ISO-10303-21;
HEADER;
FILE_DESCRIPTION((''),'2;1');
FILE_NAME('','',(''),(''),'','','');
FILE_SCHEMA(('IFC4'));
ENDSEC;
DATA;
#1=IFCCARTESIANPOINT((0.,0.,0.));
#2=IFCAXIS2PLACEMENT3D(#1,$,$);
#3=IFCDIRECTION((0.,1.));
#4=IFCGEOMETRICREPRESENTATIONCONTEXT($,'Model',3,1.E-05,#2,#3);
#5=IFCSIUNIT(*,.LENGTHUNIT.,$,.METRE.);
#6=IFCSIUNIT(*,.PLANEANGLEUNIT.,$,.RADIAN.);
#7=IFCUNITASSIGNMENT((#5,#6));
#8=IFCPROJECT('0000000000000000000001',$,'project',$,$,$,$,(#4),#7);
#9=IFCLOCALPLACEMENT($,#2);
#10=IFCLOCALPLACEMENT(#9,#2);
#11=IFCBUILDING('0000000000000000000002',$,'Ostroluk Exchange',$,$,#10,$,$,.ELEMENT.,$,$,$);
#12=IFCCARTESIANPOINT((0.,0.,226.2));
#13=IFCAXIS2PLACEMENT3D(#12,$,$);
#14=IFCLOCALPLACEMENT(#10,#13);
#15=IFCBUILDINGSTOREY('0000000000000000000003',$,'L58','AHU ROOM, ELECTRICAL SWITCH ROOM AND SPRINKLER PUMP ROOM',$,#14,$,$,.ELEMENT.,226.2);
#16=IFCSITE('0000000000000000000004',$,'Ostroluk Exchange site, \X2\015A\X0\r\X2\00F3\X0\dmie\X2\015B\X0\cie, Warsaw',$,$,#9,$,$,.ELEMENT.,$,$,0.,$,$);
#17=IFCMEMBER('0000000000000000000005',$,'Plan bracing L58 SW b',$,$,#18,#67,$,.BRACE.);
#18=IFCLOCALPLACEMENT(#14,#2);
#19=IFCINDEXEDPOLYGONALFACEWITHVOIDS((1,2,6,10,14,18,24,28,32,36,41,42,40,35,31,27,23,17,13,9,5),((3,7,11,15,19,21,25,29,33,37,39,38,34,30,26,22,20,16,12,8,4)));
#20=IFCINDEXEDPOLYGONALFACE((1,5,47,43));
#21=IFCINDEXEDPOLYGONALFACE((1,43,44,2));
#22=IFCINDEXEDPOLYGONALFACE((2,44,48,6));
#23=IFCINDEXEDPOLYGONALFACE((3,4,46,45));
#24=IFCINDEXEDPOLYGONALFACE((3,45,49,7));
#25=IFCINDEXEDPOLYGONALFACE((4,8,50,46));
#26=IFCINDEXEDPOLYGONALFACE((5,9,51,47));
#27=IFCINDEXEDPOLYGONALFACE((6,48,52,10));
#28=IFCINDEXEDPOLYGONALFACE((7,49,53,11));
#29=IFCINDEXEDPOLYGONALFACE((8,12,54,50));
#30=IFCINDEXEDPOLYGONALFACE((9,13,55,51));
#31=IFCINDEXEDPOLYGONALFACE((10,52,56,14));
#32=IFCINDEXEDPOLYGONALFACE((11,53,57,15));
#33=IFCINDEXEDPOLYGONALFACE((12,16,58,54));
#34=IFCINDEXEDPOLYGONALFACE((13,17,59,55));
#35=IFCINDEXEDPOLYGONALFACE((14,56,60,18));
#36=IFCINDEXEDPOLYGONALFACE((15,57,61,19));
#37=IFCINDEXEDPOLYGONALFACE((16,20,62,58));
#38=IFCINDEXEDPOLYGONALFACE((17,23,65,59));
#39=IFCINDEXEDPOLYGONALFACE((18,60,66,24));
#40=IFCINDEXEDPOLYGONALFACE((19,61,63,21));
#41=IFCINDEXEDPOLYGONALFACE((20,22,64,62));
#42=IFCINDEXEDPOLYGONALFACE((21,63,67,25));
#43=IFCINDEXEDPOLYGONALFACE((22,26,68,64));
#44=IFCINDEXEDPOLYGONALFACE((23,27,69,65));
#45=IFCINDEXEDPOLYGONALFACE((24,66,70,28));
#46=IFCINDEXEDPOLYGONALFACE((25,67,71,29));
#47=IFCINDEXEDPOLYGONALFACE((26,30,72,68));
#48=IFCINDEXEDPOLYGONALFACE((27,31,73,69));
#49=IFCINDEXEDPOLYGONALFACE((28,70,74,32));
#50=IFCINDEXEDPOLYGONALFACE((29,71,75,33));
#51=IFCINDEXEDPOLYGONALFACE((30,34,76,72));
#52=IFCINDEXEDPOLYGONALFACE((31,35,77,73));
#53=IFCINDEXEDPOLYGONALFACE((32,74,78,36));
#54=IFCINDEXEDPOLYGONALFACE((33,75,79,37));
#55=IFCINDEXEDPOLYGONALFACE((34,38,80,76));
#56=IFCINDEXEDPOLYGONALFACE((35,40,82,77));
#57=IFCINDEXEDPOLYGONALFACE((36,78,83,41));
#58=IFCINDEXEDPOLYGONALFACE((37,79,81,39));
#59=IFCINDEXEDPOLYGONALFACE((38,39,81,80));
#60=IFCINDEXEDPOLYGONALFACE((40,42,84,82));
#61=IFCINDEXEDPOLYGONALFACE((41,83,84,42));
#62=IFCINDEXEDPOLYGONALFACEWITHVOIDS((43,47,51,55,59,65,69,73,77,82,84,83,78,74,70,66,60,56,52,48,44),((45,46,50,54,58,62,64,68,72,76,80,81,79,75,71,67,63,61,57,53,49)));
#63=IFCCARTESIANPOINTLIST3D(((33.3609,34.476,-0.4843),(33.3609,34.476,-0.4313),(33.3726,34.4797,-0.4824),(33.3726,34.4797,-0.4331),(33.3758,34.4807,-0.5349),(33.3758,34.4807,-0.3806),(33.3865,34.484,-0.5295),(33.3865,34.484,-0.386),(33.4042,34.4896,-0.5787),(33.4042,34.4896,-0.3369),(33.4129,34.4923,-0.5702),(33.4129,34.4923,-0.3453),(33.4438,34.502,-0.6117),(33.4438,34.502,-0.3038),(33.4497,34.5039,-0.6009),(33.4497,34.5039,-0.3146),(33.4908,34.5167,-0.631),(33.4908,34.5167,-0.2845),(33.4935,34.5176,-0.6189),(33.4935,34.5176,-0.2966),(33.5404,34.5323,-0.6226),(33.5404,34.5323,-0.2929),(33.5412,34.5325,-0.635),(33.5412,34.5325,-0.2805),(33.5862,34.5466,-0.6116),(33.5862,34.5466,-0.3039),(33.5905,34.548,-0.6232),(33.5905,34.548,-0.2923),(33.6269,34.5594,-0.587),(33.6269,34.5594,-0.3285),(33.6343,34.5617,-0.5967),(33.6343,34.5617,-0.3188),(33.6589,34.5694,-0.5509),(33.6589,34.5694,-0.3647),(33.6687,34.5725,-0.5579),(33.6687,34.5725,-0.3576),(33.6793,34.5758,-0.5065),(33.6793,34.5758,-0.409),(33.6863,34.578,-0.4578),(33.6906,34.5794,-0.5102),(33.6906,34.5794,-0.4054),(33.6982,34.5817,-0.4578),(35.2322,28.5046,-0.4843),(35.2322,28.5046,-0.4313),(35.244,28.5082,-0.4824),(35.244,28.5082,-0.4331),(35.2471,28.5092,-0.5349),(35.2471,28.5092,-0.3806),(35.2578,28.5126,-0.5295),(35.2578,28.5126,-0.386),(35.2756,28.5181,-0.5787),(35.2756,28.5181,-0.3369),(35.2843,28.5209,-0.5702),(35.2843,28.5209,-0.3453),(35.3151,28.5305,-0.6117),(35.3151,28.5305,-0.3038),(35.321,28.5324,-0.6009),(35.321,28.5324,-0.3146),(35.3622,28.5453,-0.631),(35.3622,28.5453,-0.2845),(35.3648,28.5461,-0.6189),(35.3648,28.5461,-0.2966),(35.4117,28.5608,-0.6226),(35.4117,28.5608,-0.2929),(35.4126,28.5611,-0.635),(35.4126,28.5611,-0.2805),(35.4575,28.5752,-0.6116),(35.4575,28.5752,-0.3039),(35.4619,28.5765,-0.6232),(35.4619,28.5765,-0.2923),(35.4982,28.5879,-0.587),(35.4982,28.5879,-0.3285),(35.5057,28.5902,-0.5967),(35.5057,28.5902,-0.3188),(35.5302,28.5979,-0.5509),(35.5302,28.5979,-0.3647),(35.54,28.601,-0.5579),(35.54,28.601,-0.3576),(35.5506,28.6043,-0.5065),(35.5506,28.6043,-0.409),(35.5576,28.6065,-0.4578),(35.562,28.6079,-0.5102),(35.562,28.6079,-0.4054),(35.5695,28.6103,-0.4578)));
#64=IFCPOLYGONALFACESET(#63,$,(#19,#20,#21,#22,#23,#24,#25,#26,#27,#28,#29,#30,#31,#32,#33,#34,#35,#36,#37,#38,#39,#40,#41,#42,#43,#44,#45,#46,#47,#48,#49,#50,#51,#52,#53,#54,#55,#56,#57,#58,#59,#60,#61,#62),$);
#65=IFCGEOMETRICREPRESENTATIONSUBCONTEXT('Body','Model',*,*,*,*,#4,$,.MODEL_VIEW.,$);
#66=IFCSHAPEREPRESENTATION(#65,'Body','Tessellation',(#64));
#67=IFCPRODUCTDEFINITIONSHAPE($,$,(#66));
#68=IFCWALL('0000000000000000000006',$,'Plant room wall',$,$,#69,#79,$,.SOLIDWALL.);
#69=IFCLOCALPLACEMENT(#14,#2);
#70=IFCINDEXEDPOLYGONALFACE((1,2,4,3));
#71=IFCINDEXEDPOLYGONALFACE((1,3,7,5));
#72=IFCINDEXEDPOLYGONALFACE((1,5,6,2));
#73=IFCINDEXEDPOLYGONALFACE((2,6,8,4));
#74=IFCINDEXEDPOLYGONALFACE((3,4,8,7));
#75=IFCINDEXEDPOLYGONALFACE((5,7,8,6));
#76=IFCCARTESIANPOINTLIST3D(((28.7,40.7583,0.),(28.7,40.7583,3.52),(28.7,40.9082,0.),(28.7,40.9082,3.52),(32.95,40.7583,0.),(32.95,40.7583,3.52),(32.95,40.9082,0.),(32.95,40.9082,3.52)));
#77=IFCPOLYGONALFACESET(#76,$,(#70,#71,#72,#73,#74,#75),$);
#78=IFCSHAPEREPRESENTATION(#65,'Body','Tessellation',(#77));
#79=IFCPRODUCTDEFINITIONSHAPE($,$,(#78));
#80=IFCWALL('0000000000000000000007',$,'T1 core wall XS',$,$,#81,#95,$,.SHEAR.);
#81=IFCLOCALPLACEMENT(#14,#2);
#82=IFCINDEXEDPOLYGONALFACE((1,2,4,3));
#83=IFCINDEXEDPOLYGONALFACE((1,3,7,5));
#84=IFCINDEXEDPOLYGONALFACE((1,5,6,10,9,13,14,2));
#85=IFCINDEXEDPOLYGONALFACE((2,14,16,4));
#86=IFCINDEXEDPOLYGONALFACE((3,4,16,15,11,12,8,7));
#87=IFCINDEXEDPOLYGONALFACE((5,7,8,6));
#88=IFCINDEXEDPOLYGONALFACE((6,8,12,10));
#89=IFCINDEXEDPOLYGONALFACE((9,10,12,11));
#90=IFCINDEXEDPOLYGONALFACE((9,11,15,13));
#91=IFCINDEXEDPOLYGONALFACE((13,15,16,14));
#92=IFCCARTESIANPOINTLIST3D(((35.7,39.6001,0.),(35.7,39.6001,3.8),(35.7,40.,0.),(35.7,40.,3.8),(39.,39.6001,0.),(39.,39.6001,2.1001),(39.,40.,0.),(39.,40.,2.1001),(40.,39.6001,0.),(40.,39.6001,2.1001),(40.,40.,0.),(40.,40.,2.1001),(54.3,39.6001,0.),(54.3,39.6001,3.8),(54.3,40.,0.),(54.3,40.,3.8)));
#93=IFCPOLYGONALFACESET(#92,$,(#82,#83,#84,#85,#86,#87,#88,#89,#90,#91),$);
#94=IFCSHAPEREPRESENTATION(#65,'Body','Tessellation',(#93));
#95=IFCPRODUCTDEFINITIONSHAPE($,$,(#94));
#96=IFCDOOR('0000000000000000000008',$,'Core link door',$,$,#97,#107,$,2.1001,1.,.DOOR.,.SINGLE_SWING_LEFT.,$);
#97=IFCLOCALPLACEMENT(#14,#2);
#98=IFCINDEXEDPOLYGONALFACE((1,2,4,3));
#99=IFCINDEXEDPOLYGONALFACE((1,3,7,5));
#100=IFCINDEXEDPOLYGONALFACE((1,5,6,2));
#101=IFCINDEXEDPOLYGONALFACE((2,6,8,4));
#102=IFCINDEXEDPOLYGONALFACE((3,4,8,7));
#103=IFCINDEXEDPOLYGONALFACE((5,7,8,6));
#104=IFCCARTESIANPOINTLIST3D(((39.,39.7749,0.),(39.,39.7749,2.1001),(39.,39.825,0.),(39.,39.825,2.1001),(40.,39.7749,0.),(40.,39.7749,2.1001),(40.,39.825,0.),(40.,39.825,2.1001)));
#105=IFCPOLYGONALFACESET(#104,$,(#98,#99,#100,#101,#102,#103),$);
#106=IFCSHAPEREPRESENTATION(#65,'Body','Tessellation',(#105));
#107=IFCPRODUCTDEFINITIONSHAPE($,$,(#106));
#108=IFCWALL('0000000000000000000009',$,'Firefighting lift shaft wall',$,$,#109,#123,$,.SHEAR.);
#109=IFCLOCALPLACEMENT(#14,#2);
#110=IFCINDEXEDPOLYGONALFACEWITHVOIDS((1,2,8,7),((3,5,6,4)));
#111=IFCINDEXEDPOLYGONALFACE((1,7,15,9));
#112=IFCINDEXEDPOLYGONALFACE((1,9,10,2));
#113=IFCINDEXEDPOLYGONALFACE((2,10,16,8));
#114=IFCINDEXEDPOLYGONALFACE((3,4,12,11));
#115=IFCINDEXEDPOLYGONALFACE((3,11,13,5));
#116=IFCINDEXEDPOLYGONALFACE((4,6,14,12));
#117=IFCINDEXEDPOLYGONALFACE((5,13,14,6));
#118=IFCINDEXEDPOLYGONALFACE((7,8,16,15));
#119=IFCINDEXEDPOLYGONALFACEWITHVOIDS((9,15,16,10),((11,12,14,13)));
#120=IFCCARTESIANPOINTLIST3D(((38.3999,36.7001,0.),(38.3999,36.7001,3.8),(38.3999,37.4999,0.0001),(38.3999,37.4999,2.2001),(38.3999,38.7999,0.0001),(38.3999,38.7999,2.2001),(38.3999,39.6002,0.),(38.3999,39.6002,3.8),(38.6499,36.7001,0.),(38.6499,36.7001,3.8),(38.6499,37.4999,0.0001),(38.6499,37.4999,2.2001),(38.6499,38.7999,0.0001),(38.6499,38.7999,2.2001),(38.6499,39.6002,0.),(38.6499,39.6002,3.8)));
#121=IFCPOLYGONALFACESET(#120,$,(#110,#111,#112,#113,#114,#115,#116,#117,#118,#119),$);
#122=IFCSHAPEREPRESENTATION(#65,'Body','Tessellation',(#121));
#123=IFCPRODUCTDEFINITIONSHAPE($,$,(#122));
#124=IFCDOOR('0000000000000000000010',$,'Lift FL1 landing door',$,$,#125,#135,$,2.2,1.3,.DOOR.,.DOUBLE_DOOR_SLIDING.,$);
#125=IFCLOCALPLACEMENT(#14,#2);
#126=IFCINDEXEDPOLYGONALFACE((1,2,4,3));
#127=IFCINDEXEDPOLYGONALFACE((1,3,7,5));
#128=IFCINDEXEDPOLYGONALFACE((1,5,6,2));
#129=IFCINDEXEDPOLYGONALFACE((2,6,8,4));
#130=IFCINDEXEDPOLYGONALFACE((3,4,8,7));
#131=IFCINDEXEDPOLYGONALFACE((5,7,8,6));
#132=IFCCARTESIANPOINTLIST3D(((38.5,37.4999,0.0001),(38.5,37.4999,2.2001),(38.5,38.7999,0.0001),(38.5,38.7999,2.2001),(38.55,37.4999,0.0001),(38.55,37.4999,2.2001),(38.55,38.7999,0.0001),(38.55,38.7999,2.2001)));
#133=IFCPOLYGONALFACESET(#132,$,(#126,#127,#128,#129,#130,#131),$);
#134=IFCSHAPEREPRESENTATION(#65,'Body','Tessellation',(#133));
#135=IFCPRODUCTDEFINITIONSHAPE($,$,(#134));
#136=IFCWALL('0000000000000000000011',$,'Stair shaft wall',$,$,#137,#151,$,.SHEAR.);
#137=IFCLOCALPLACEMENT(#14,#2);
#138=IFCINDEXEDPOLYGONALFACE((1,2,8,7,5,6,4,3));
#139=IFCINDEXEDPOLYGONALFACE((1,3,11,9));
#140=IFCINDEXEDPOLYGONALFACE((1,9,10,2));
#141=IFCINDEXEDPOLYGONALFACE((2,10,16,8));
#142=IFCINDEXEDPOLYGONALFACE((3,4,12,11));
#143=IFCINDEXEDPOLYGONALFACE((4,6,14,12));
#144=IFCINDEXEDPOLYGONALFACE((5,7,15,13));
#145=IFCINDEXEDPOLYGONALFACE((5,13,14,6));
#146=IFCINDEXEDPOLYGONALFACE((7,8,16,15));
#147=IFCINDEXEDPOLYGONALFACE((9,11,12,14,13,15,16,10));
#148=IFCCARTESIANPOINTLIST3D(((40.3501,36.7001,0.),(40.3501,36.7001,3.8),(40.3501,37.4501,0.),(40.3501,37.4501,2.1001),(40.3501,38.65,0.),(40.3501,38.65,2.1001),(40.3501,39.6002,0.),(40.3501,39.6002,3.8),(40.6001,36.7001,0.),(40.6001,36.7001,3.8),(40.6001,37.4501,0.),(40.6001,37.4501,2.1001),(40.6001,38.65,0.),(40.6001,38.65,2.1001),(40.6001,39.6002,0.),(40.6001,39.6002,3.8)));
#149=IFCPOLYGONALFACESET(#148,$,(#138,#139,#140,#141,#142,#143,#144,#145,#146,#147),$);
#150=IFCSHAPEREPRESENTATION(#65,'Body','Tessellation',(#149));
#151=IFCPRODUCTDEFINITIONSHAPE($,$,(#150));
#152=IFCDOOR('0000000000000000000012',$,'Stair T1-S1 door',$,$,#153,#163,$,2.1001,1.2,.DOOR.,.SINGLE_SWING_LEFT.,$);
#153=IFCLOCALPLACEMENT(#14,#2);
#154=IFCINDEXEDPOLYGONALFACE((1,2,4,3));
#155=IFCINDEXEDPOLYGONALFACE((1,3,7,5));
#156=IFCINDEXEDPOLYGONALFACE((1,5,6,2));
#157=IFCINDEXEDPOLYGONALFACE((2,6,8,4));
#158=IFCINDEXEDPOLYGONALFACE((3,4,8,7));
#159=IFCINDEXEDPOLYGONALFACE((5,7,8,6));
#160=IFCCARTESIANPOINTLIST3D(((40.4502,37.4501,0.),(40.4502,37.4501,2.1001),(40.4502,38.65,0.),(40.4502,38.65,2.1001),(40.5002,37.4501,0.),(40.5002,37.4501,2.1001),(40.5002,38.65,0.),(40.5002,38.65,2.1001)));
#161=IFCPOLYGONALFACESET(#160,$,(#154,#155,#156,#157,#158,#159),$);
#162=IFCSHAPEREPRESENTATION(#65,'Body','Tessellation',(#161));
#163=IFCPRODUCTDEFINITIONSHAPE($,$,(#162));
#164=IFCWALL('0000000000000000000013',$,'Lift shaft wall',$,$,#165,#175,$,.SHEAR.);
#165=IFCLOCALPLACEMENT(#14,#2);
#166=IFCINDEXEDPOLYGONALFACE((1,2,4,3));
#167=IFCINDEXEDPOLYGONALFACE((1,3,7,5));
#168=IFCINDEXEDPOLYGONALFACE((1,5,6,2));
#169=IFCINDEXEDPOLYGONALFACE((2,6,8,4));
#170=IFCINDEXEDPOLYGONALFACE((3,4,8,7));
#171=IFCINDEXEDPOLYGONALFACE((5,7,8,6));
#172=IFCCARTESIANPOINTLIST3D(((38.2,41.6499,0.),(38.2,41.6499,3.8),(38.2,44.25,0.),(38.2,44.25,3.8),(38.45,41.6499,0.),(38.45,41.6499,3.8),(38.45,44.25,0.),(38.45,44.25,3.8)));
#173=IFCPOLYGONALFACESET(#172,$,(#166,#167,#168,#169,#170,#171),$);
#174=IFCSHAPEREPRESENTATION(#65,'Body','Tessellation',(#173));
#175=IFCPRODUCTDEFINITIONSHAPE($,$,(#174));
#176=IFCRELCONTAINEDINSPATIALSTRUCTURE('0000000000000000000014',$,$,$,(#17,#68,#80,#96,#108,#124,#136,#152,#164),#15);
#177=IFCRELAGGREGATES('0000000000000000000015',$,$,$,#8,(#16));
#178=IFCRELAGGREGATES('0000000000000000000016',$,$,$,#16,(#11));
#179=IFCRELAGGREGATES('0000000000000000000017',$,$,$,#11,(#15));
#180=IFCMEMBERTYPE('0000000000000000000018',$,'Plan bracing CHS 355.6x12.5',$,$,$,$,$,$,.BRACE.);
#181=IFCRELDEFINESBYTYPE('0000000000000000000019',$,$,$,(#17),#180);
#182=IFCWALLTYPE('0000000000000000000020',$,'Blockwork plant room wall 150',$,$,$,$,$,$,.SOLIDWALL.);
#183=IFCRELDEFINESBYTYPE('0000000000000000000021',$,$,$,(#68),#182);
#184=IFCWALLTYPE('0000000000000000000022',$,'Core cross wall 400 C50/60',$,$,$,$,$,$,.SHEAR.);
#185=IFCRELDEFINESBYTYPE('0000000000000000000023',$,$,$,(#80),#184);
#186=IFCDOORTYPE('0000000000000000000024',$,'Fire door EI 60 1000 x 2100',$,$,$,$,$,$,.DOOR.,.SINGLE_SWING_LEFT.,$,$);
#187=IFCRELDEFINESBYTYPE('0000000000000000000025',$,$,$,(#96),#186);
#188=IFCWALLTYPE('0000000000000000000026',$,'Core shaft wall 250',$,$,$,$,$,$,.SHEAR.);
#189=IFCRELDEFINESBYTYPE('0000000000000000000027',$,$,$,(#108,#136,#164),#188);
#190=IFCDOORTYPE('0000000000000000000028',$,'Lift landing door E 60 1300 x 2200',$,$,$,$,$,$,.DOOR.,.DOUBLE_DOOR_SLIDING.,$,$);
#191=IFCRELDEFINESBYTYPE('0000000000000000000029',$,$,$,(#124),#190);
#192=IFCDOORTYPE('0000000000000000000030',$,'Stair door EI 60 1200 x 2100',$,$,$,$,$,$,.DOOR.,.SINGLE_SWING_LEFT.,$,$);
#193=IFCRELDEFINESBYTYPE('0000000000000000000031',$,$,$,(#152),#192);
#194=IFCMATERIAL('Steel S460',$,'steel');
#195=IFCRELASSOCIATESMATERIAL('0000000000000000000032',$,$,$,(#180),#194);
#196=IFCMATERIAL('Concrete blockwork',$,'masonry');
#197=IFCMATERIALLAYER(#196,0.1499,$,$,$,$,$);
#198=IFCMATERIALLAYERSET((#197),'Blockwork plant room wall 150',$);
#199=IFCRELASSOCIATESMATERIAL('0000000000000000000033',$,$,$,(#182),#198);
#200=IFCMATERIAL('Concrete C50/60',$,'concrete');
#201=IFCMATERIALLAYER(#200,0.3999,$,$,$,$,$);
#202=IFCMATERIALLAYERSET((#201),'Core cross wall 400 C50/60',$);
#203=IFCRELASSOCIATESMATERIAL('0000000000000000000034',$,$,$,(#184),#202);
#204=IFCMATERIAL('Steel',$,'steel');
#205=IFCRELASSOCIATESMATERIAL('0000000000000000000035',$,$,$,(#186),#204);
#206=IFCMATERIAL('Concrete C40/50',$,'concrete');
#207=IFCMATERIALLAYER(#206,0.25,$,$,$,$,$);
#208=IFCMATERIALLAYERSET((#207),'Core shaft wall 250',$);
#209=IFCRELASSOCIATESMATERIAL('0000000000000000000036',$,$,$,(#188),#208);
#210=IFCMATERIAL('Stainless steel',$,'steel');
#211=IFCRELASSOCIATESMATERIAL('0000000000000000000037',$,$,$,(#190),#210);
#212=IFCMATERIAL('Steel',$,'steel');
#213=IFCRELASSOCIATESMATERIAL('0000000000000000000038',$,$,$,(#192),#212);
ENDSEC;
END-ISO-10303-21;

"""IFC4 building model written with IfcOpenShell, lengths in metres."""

from ifc_helpers import new_model, si_unit, direction, frame, frame_2d, origin, origin_2d, place, context, subcontext, project, spatial, rectangle, hollow_circle, extrude, material, layer, layer_set, material_profile, profile_set, type_object, element, fill, save


model = new_model("IFC4")

# Units and contexts
model_context = context("Model", 3, precision=1e-05, world=origin(), true_north=direction((0.0, 1.0)))
body_context = subcontext(model_context, "Body", "Model", "MODEL_VIEW")
ifc_project = project(units=[si_unit("LENGTHUNIT", "METRE"), si_unit("PLANEANGLEUNIT", "RADIAN")], contexts=[model_context])

# Site, building, storey
site_placement = place(None, origin())
site = spatial("IfcSite", under=ifc_project, at=site_placement, Name="Ostroluk Exchange site, Śródmieście, Warsaw", CompositionType="ELEMENT", RefElevation=0.0)
building_placement = place(site_placement, origin())
building = spatial("IfcBuilding", under=site, at=building_placement, Name="Ostroluk Exchange", CompositionType="ELEMENT")
storey_placement = place(building_placement, frame((0.0, 0.0, 226.2)))
storey = spatial("IfcBuildingStorey", under=building, at=storey_placement, Name="L58", Description="AHU ROOM, ELECTRICAL SWITCH ROOM AND SPRINKLER PUMP ROOM", CompositionType="ELEMENT", Elevation=226.2)

# Member
ifc_material_1 = material(Name="Steel S460", Category="steel")
ifc_material_profile_1 = material_profile(ifc_material_1, hollow_circle(Radius=0.1777, WallThickness=0.0125, at=origin_2d()), Name="CHS 355.6x12.5")
ifc_profile_set_1 = profile_set([ifc_material_profile_1], Name="Steel S460")
member_type_1 = type_object("IfcMemberType", Name="Plan bracing CHS 355.6x12.5", PredefinedType="BRACE", material=ifc_profile_set_1)
for number, where, z_axis, x_axis, name in (
    (1, (33.5286, 34.5286, -0.4578), (0.299041, -0.95424, 0.0), (0.95424, 0.299041, 0.0), "Plan bracing L58 SW b"),
):
    element("IfcMember", number, at=place(storey_placement, frame(where, z_axis=z_axis, x_axis=x_axis)), inside=storey, type_object=member_type_1, Name=name, PredefinedType="BRACE", context=body_context, shape_type="SweptSolid", body=[
        extrude(hollow_circle(Radius=0.1777, WallThickness=0.0125, at=origin_2d()), origin(), (0.0, 0.0, 1.0), 6.2578),
    ])

# Wall
ifc_material_2 = material(Name="Concrete blockwork", Category="masonry")
ifc_layer_1 = layer(ifc_material_2, 0.1499)
ifc_layer_set_1 = layer_set([ifc_layer_1], Name="Blockwork plant room wall 150")
wall_type_1 = type_object("IfcWallType", Name="Blockwork plant room wall 150", PredefinedType="SOLIDWALL", material=ifc_layer_set_1)
wall_1_placement = place(storey_placement, frame((32.95, 40.8333, 0.0), z_axis=(0.0, 0.0, 1.0), x_axis=(-1.0, 0.0, 0.0)))
element("IfcWall", 2, at=wall_1_placement, inside=storey, type_object=wall_type_1, Name="Plant room wall", PredefinedType="SOLIDWALL", context=body_context, shape_type="SweptSolid", body=[
    extrude(rectangle(XDim=4.25, YDim=0.1499, at=frame_2d((2.125, 0.0))), origin(), (0.0, 0.0, 1.0), 3.52),
])

# Walls, openings, doors
ifc_material_3 = material(Name="Concrete C50/60", Category="concrete")
ifc_layer_2 = layer(ifc_material_3, 0.3999)
ifc_layer_set_2 = layer_set([ifc_layer_2], Name="Core cross wall 400 C50/60")
wall_type_2 = type_object("IfcWallType", Name="Core cross wall 400 C50/60", PredefinedType="SHEAR", material=ifc_layer_set_2)
wall_2_placement = place(storey_placement, frame((35.7, 39.8, 0.0), z_axis=(0.0, 0.0, 1.0), x_axis=(1.0, 0.0, 0.0)))
wall_2 = element("IfcWall", 3, at=wall_2_placement, inside=storey, type_object=wall_type_2, Name="T1 core wall XS", PredefinedType="SHEAR", context=body_context, shape_type="SweptSolid", body=[
    extrude(rectangle(XDim=18.6001, YDim=0.3999, at=frame_2d((9.3, 0.0))), origin(), (0.0, 0.0, 1.0), 3.8),
])
opening_1_placement = place(wall_2_placement, frame((3.3, 0.0, 0.0)))
opening_1 = element("IfcOpeningElement", 4, at=opening_1_placement, cuts=wall_2, PredefinedType="OPENING", context=body_context, shape_type="SweptSolid", body=[
    extrude(rectangle(XDim=1.0, YDim=2.1001, at=frame_2d((0.5, 1.05))), frame((0.0, 0.21, 0.0), z_axis=(0.0, -1.0, 0.0), x_axis=(1.0, 0.0, 0.0)), (0.0, 0.0, 1.0), 0.4199),
])
ifc_material_4 = material(Name="Steel", Category="steel")
door_type_1 = type_object("IfcDoorType", Name="Fire door EI 60 1000 x 2100", OperationType="SINGLE_SWING_LEFT", PredefinedType="DOOR", material=ifc_material_4)
door_1_placement = place(opening_1_placement, origin())
door_1 = element("IfcDoor", 5, at=door_1_placement, inside=storey, type_object=door_type_1, Name="Core link door", OperationType="SINGLE_SWING_LEFT", OverallHeight=2.1001, OverallWidth=1.0, PredefinedType="DOOR", context=body_context, shape_type="SweptSolid", body=[
    extrude(rectangle(XDim=1.0, YDim=2.1001, at=frame_2d((0.5, 1.05))), frame((0.0, 0.0249, 0.0), z_axis=(0.0, -1.0, 0.0), x_axis=(1.0, 0.0, 0.0)), (0.0, 0.0, 1.0), 0.05),
])
fill(opening_1, door_1)
ifc_material_5 = material(Name="Concrete C40/50", Category="concrete")
ifc_layer_3 = layer(ifc_material_5, 0.25)
ifc_layer_set_3 = layer_set([ifc_layer_3], Name="Core shaft wall 250")
wall_type_3 = type_object("IfcWallType", Name="Core shaft wall 250", PredefinedType="SHEAR", material=ifc_layer_set_3)
wall_3_placement = place(storey_placement, frame((38.5249, 36.7, 0.0), z_axis=(0.0, 0.0, 1.0), x_axis=(0.0, 1.0, 0.0)))
wall_3 = element("IfcWall", 6, at=wall_3_placement, inside=storey, type_object=wall_type_3, Name="Firefighting lift shaft wall", PredefinedType="SHEAR", context=body_context, shape_type="SweptSolid", body=[
    extrude(rectangle(XDim=2.9001, YDim=0.25, at=frame_2d((1.4502, 0.0))), origin(), (0.0, 0.0, 1.0), 3.8),
])
opening_2_placement = place(wall_3_placement, frame((0.8, 0.0, 0.0)))
opening_2 = element("IfcOpeningElement", 7, at=opening_2_placement, cuts=wall_3, PredefinedType="OPENING", context=body_context, shape_type="SweptSolid", body=[
    extrude(rectangle(XDim=1.3, YDim=2.2, at=frame_2d((0.6499, 1.1001))), frame((0.0, 0.135, 0.0), z_axis=(0.0, -1.0, 0.0), x_axis=(1.0, 0.0, 0.0)), (0.0, 0.0, 1.0), 0.27),
])
ifc_material_6 = material(Name="Stainless steel", Category="steel")
door_type_2 = type_object("IfcDoorType", Name="Lift landing door E 60 1300 x 2200", OperationType="DOUBLE_DOOR_SLIDING", PredefinedType="DOOR", material=ifc_material_6)
door_2_placement = place(opening_2_placement, origin())
door_2 = element("IfcDoor", 8, at=door_2_placement, inside=storey, type_object=door_type_2, Name="Lift FL1 landing door", OperationType="DOUBLE_DOOR_SLIDING", OverallHeight=2.2, OverallWidth=1.3, PredefinedType="DOOR", context=body_context, shape_type="SweptSolid", body=[
    extrude(rectangle(XDim=1.3, YDim=2.2, at=frame_2d((0.6499, 1.1001))), frame((0.0, 0.0249, 0.0), z_axis=(0.0, -1.0, 0.0), x_axis=(1.0, 0.0, 0.0)), (0.0, 0.0, 1.0), 0.05),
])
fill(opening_2, door_2)
wall_4_placement = place(storey_placement, frame((40.4751, 36.7, 0.0), z_axis=(0.0, 0.0, 1.0), x_axis=(0.0, 1.0, 0.0)))
wall_4 = element("IfcWall", 9, at=wall_4_placement, inside=storey, type_object=wall_type_3, Name="Stair shaft wall", PredefinedType="SHEAR", context=body_context, shape_type="SweptSolid", body=[
    extrude(rectangle(XDim=2.9001, YDim=0.25, at=frame_2d((1.4502, 0.0))), origin(), (0.0, 0.0, 1.0), 3.8),
])
opening_3_placement = place(wall_4_placement, frame((0.75, 0.0, 0.0)))
opening_3 = element("IfcOpeningElement", 10, at=opening_3_placement, cuts=wall_4, PredefinedType="OPENING", context=body_context, shape_type="SweptSolid", body=[
    extrude(rectangle(XDim=1.2, YDim=2.1001, at=frame_2d((0.6001, 1.05))), frame((0.0, 0.135, 0.0), z_axis=(0.0, -1.0, 0.0), x_axis=(1.0, 0.0, 0.0)), (0.0, 0.0, 1.0), 0.27),
])
ifc_material_7 = material(Name="Steel", Category="steel")
door_type_3 = type_object("IfcDoorType", Name="Stair door EI 60 1200 x 2100", OperationType="SINGLE_SWING_LEFT", PredefinedType="DOOR", material=ifc_material_7)
door_3_placement = place(opening_3_placement, origin())
door_3 = element("IfcDoor", 11, at=door_3_placement, inside=storey, type_object=door_type_3, Name="Stair T1-S1 door", OperationType="SINGLE_SWING_LEFT", OverallHeight=2.1001, OverallWidth=1.2, PredefinedType="DOOR", context=body_context, shape_type="SweptSolid", body=[
    extrude(rectangle(XDim=1.2, YDim=2.1001, at=frame_2d((0.6001, 1.05))), frame((0.0, 0.0249, 0.0), z_axis=(0.0, -1.0, 0.0), x_axis=(1.0, 0.0, 0.0)), (0.0, 0.0, 1.0), 0.05),
])
fill(opening_3, door_3)

# Wall
wall_5_placement = place(storey_placement, frame((38.325, 44.25, 0.0), z_axis=(0.0, 0.0, 1.0), x_axis=(0.0, -1.0, 0.0)))
element("IfcWall", 12, at=wall_5_placement, inside=storey, type_object=wall_type_3, Name="Lift shaft wall", PredefinedType="SHEAR", context=body_context, shape_type="SweptSolid", body=[
    extrude(rectangle(XDim=2.6001, YDim=0.25, at=frame_2d((1.3, 0.0))), origin(), (0.0, 0.0, 1.0), 3.8),
])

save(model, "model.ifc")
